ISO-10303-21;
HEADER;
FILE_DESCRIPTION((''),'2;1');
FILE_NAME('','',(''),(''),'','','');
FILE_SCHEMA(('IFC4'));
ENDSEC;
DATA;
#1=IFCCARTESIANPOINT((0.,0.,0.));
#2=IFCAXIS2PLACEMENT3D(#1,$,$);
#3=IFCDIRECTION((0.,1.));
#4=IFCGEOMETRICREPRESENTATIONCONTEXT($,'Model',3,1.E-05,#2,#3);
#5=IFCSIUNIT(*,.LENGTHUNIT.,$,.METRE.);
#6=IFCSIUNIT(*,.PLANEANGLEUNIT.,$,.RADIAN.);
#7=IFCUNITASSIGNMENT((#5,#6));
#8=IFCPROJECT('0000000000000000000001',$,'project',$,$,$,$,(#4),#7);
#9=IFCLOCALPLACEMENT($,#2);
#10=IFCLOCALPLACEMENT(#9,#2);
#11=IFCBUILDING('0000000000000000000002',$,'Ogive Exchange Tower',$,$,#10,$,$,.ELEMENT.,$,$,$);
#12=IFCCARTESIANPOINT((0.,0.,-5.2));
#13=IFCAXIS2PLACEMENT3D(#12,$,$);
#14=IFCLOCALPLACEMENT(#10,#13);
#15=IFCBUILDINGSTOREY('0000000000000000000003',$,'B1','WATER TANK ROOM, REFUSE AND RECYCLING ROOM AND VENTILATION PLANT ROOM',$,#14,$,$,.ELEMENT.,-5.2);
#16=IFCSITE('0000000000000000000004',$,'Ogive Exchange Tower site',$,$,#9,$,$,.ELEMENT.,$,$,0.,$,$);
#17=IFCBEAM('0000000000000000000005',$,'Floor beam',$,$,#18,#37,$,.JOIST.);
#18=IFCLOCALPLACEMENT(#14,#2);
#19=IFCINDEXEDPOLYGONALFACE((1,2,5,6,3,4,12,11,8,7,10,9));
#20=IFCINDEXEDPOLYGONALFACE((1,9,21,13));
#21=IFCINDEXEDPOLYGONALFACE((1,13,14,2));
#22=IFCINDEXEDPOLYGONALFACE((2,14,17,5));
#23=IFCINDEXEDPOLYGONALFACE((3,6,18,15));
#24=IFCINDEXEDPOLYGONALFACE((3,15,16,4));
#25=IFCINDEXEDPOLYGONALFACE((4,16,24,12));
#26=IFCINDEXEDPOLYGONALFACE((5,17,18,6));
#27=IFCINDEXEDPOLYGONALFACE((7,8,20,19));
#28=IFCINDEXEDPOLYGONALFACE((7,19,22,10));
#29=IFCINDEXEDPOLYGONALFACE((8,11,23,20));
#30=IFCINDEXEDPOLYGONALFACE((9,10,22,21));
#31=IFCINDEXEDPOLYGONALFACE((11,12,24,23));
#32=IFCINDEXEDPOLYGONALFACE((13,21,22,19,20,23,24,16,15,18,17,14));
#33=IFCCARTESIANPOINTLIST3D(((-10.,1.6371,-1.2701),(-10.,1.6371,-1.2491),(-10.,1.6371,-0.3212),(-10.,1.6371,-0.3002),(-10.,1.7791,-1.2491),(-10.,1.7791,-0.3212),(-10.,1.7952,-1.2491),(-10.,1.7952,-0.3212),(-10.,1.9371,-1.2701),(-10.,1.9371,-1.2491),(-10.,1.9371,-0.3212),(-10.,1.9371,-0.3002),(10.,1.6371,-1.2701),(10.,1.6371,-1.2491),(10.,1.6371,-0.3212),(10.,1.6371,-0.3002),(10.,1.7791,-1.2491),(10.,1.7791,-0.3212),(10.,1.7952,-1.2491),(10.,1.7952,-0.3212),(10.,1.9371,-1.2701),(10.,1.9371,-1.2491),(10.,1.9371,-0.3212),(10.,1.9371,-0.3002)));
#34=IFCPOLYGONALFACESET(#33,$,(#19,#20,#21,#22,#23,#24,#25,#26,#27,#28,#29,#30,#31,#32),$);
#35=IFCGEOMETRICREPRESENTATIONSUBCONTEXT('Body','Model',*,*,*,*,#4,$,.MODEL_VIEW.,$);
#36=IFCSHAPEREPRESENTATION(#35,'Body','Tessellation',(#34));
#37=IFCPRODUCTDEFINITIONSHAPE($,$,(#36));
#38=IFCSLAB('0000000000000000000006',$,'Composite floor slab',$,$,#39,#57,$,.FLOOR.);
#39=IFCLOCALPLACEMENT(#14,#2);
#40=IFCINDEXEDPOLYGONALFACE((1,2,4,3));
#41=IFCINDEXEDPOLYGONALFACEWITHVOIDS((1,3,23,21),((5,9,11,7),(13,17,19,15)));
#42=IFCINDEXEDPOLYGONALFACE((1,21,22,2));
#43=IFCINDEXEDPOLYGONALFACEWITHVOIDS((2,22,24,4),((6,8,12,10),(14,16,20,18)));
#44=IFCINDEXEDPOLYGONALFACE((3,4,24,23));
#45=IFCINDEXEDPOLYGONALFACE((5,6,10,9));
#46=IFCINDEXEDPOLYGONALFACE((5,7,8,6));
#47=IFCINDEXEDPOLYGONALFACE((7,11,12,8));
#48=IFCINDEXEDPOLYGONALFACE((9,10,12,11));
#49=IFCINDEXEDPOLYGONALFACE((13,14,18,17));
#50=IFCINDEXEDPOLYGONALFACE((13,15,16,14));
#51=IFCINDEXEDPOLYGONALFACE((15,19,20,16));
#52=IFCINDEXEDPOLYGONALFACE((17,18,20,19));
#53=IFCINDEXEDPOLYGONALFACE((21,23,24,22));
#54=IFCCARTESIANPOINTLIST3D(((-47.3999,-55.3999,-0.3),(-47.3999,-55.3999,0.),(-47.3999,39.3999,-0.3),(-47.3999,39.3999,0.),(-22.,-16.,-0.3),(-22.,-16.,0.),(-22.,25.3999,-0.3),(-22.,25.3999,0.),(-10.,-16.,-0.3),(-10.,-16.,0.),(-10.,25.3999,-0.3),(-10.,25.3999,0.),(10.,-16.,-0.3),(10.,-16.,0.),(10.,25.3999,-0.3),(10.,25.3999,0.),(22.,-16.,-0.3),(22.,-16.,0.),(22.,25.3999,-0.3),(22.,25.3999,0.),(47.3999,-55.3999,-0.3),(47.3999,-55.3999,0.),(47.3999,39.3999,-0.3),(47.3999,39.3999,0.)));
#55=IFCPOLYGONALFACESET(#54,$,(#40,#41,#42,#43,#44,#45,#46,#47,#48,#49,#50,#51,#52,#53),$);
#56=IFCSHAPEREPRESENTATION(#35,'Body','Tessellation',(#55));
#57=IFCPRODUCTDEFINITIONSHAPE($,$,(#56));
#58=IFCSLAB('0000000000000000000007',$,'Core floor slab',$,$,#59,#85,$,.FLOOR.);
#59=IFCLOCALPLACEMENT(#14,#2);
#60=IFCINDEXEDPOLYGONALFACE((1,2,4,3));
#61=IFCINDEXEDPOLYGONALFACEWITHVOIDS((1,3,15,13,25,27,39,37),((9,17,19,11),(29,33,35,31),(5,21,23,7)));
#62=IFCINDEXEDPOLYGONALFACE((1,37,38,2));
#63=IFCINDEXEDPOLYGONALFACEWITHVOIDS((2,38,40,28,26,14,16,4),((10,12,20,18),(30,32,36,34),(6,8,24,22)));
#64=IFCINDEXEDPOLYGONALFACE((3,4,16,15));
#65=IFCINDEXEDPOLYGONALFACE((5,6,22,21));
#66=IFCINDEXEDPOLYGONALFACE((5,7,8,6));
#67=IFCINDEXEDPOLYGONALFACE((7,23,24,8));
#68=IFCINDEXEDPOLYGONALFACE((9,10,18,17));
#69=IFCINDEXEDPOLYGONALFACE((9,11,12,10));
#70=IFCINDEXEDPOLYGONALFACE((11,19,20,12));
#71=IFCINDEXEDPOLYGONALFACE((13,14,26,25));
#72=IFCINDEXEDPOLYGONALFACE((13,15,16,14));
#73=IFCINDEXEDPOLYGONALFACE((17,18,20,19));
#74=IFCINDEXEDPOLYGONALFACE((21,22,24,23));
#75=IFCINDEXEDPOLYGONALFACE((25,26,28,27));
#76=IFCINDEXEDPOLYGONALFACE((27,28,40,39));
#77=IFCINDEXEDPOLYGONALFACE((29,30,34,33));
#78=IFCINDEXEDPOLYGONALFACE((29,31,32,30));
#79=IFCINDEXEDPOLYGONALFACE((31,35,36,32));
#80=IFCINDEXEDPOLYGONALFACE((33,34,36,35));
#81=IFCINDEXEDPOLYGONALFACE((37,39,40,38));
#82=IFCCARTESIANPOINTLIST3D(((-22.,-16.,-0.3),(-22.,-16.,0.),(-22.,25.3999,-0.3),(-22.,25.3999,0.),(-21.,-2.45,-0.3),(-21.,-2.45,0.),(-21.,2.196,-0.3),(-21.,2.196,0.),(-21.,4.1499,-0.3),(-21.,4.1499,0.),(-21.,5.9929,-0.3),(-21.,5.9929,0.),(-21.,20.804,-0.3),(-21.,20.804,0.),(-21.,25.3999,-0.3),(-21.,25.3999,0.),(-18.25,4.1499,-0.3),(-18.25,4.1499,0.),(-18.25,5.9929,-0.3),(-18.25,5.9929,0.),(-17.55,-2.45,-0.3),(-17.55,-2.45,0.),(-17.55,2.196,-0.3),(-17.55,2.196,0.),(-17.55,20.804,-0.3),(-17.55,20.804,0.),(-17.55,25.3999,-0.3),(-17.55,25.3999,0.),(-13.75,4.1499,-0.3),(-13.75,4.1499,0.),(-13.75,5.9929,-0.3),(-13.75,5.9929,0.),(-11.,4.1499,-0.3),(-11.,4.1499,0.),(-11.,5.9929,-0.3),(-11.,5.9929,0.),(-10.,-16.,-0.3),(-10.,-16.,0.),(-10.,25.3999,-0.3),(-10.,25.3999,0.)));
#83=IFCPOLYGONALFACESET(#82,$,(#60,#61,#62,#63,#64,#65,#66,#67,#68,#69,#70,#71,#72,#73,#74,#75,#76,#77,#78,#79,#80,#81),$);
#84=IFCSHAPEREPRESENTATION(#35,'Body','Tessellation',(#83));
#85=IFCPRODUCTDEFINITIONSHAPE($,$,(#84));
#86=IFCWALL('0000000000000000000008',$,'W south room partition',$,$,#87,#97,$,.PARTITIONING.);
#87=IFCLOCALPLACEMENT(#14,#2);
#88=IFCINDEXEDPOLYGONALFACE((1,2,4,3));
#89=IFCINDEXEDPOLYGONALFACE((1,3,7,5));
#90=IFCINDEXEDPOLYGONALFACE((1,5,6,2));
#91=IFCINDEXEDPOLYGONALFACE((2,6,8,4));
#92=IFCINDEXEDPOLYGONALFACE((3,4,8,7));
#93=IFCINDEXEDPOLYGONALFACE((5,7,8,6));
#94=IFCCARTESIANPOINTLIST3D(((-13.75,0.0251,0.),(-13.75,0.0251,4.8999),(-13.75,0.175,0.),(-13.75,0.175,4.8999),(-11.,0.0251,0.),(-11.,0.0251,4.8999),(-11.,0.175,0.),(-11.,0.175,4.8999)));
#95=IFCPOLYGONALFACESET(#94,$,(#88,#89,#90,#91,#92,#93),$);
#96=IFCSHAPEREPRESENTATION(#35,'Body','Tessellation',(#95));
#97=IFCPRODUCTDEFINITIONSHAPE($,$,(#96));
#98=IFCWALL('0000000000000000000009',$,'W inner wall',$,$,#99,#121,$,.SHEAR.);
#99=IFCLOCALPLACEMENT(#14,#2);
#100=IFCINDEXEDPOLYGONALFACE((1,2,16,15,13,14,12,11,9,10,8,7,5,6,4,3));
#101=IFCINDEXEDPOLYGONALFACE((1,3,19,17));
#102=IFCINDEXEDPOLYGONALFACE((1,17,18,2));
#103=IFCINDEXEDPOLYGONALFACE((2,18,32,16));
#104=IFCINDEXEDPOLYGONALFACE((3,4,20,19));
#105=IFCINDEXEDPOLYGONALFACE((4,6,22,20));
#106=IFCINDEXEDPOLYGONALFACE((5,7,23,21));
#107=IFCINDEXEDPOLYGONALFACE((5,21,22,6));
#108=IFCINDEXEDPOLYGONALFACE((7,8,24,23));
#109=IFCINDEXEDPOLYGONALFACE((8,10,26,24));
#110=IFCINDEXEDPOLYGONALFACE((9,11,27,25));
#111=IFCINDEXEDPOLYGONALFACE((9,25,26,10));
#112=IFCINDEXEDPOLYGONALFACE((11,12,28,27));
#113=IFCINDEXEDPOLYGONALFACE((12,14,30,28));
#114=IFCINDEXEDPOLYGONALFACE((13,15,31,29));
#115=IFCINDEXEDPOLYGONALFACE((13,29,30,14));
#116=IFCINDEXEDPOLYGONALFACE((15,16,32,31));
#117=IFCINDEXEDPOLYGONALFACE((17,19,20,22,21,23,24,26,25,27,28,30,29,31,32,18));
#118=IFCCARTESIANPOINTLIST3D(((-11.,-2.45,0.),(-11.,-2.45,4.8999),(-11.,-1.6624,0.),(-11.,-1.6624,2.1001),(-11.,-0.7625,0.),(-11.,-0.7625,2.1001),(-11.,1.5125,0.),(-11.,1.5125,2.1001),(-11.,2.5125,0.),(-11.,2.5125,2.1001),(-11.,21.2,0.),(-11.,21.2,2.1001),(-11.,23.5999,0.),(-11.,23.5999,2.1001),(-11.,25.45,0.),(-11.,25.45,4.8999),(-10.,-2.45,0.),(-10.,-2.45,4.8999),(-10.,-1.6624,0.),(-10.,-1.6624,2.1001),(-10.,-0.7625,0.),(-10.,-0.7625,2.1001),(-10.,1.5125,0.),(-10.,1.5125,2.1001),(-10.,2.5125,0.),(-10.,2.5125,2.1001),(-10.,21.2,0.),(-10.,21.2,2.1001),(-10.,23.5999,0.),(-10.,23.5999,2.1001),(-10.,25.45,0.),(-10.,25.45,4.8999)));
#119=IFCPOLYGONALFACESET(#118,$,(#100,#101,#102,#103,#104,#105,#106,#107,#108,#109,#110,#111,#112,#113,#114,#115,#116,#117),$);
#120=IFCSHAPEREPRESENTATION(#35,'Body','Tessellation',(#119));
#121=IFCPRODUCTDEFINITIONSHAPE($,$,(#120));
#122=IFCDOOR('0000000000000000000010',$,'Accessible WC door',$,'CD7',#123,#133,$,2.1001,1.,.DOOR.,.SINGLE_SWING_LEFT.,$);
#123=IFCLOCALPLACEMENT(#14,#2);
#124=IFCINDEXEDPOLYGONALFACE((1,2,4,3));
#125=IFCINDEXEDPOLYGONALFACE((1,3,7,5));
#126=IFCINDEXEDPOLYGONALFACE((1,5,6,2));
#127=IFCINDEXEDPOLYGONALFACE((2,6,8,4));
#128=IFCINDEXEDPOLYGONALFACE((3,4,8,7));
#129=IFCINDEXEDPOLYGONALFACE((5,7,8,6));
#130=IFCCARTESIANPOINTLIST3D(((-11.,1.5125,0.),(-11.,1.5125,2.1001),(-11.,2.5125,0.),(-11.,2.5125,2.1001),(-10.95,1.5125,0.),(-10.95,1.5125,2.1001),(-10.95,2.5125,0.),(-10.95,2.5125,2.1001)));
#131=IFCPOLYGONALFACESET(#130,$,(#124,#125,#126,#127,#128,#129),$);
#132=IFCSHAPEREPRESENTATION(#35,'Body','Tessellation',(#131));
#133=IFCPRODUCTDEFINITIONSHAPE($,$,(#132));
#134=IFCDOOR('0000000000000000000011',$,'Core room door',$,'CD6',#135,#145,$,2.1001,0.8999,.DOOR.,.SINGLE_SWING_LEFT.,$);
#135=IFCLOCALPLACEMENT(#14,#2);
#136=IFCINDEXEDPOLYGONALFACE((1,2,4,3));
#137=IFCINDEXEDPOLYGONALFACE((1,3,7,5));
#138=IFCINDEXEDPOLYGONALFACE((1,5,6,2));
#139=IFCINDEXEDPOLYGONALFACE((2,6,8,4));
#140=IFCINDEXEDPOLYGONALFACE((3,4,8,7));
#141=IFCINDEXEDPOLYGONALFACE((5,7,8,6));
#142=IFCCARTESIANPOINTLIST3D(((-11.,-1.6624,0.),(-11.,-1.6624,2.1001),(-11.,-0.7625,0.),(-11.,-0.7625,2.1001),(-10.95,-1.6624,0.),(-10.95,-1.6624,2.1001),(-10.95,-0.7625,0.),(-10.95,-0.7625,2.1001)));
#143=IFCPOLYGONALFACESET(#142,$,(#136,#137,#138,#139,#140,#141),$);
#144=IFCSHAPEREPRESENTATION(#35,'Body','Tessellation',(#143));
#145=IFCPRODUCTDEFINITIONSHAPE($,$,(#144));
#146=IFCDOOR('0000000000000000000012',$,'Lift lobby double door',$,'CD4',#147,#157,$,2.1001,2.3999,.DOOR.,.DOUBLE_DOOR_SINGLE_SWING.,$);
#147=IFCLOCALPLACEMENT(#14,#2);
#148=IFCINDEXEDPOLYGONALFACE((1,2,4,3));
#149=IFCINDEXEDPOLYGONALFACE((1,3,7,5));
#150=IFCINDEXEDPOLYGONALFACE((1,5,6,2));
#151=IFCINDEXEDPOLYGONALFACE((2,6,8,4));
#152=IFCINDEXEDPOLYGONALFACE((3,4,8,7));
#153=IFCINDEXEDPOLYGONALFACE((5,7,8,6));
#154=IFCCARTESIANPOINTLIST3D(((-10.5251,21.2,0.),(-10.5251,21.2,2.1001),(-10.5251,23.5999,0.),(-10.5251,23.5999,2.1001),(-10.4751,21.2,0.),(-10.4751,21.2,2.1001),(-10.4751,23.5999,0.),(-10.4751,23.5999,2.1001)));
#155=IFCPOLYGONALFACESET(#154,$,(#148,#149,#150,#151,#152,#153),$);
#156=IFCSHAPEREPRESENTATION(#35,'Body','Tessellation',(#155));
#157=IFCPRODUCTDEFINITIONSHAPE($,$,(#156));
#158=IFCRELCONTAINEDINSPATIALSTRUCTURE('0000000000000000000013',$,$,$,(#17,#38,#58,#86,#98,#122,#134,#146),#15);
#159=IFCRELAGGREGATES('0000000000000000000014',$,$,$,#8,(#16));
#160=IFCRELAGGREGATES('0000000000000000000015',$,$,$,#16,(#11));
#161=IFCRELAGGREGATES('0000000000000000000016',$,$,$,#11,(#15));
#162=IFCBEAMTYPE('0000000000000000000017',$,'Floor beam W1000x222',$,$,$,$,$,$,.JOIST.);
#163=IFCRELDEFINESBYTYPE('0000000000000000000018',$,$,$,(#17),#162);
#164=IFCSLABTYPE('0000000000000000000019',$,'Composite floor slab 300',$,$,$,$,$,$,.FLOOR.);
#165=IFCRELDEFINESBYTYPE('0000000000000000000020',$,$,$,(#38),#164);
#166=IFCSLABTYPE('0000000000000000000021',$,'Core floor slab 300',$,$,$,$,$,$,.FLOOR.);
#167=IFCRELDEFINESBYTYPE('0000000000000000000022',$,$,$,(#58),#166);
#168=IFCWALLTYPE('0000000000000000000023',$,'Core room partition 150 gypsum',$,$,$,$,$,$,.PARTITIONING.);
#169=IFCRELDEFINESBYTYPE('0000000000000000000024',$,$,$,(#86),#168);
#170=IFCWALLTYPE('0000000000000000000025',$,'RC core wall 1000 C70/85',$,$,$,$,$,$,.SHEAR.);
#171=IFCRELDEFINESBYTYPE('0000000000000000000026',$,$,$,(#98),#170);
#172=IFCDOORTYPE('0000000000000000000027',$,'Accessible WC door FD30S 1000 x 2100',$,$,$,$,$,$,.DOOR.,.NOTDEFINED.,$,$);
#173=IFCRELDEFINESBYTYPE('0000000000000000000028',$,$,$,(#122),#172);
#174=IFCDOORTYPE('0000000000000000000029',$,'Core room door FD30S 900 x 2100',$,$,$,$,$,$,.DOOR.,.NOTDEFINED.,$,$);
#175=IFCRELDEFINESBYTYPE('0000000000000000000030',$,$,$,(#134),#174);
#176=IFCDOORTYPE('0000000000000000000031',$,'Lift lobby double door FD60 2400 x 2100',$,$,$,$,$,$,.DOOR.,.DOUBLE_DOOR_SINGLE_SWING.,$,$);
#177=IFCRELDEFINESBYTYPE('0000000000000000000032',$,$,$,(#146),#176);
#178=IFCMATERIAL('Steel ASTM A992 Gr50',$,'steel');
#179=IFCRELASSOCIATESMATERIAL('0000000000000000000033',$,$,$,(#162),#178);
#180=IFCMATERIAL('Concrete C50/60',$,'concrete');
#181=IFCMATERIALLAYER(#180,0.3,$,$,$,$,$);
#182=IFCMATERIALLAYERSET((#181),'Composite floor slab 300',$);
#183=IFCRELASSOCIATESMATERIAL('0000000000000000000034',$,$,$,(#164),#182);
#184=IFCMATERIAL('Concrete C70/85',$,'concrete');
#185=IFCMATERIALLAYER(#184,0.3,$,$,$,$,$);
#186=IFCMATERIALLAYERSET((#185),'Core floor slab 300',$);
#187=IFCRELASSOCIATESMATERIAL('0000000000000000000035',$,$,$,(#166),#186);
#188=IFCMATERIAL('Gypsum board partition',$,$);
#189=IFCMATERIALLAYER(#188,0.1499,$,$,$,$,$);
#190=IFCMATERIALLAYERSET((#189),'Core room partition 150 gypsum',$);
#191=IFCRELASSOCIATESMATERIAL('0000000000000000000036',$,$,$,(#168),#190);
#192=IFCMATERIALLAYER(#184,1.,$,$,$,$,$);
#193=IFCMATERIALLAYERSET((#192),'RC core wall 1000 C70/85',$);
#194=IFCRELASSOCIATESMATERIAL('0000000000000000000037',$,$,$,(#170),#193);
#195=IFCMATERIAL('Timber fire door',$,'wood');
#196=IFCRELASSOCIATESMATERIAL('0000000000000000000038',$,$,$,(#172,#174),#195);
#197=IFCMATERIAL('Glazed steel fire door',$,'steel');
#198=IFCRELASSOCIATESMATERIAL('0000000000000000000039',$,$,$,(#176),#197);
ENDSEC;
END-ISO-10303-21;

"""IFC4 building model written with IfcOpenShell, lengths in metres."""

from ifc_helpers import new_model, si_unit, direction, frame, frame_2d, origin, origin_2d, place, context, subcontext, project, spatial, polyline, rectangle, i_section, outline, extrude, material, layer, layer_set, material_profile, profile_set, type_object, element, fill, save


model = new_model("IFC4")

# Units and contexts
model_context = context("Model", 3, precision=1e-05, world=origin(), true_north=direction((0.0, 1.0)))
body_context = subcontext(model_context, "Body", "Model", "MODEL_VIEW")
ifc_project = project(units=[si_unit("LENGTHUNIT", "METRE"), si_unit("PLANEANGLEUNIT", "RADIAN")], contexts=[model_context])

# Site, building, storey
site_placement = place(None, origin())
site = spatial("IfcSite", under=ifc_project, at=site_placement, Name="Ogive Exchange Tower site", CompositionType="ELEMENT", RefElevation=0.0)
building_placement = place(site_placement, origin())
building = spatial("IfcBuilding", under=site, at=building_placement, Name="Ogive Exchange Tower", CompositionType="ELEMENT")
storey_placement = place(building_placement, frame((0.0, 0.0, -5.2)))
storey = spatial("IfcBuildingStorey", under=building, at=storey_placement, Name="B1", Description="WATER TANK ROOM, REFUSE AND RECYCLING ROOM AND VENTILATION PLANT ROOM", CompositionType="ELEMENT", Elevation=-5.2)

# Beam
ifc_material_1 = material(Name="Steel ASTM A992 Gr50", Category="steel")
ifc_material_profile = material_profile(ifc_material_1, i_section(OverallWidth=0.3, OverallDepth=0.97, WebThickness=0.0161, FlangeThickness=0.021, at=origin_2d()), Name="W1000x222")
ifc_profile_set = profile_set([ifc_material_profile], Name="Steel ASTM A992 Gr50")
beam_type = type_object("IfcBeamType", Name="Floor beam W1000x222", PredefinedType="JOIST", material=ifc_profile_set)
beam_placement = place(storey_placement, frame((-10.0, 1.7871, -0.7852), z_axis=(1.0, 0.0, 0.0), x_axis=(0.0, 1.0, 0.0)))
element("IfcBeam", 1, at=beam_placement, inside=storey, type_object=beam_type, Name="Floor beam", PredefinedType="JOIST", context=body_context, shape_type="SweptSolid", body=[
    extrude(i_section(OverallWidth=0.3, OverallDepth=0.97, WebThickness=0.0161, FlangeThickness=0.021, at=origin_2d()), origin(), (0.0, 0.0, 1.0), 20.0),
])

# Slabs
ifc_material_2 = material(Name="Concrete C50/60", Category="concrete")
ifc_layer_1 = layer(ifc_material_2, 0.3)
ifc_layer_set_1 = layer_set([ifc_layer_1], Name="Composite floor slab 300")
slab_type_1 = type_object("IfcSlabType", Name="Composite floor slab 300", PredefinedType="FLOOR", material=ifc_layer_set_1)
slab_1_placement = place(storey_placement, frame((0.0, 0.0, -0.3)))
element("IfcSlab", 2, at=slab_1_placement, inside=storey, type_object=slab_type_1, Name="Composite floor slab", PredefinedType="FLOOR", context=body_context, shape_type="SweptSolid", body=[
    extrude(outline(polyline([(-47.3999, -55.3999), (-47.3999, 39.3999), (47.3999, 39.3999), (47.3999, -55.3999), (-47.3999, -55.3999)]), holes=[polyline([(-10.0, 25.3999), (-22.0, 25.3999), (-22.0, -16.0), (-10.0, -16.0), (-10.0, 25.3999)]), polyline([(22.0, 25.3999), (10.0, 25.3999), (10.0, -16.0), (22.0, -16.0), (22.0, 25.3999)])]), origin(), (0.0, 0.0, 1.0), 0.3),
])
ifc_material_3 = material(Name="Concrete C70/85", Category="concrete")
ifc_layer_2 = layer(ifc_material_3, 0.3)
ifc_layer_set_2 = layer_set([ifc_layer_2], Name="Core floor slab 300")
slab_type_2 = type_object("IfcSlabType", Name="Core floor slab 300", PredefinedType="FLOOR", material=ifc_layer_set_2)
slab_2_placement = place(storey_placement, frame((0.0, 0.0, -0.3)))
element("IfcSlab", 3, at=slab_2_placement, inside=storey, type_object=slab_type_2, Name="Core floor slab", PredefinedType="FLOOR", context=body_context, shape_type="SweptSolid", body=[
    extrude(outline(polyline([(-10.0, 25.3999), (-10.0, -16.0), (-22.0, -16.0), (-22.0, 25.3999), (-21.0, 25.3999), (-21.0, 20.804), (-17.55, 20.804), (-17.55, 25.3999), (-10.0, 25.3999)]), holes=[polyline([(-17.55, 2.196), (-21.0, 2.196), (-21.0, -2.45), (-17.55, -2.45), (-17.55, 2.196)]), polyline([(-21.0, 5.9929), (-21.0, 4.1499), (-18.25, 4.1499), (-18.25, 5.9929), (-21.0, 5.9929)]), polyline([(-13.75, 5.9929), (-13.75, 4.1499), (-11.0, 4.1499), (-11.0, 5.9929), (-13.75, 5.9929)])]), origin(), (0.0, 0.0, 1.0), 0.3),
])

# Wall
ifc_material_4 = material(Name="Gypsum board partition")
ifc_layer_3 = layer(ifc_material_4, 0.1499)
ifc_layer_set_3 = layer_set([ifc_layer_3], Name="Core room partition 150 gypsum")
wall_type_1 = type_object("IfcWallType", Name="Core room partition 150 gypsum", PredefinedType="PARTITIONING", material=ifc_layer_set_3)
wall_1_placement = place(storey_placement, frame((-13.75, 0.1001, 0.0), z_axis=(0.0, 0.0, 1.0), x_axis=(1.0, 0.0, 0.0)))
element("IfcWall", 4, at=wall_1_placement, inside=storey, type_object=wall_type_1, Name="W south room partition", PredefinedType="PARTITIONING", context=body_context, shape_type="SweptSolid", body=[
    extrude(rectangle(XDim=2.75, YDim=0.1499, at=frame_2d((1.375, 0.0))), origin(), (0.0, 0.0, 1.0), 4.8999),
])

# Wall, openings, doors
ifc_layer_4 = layer(ifc_material_3, 1.0)
ifc_layer_set_4 = layer_set([ifc_layer_4], Name="RC core wall 1000 C70/85")
wall_type_2 = type_object("IfcWallType", Name="RC core wall 1000 C70/85", PredefinedType="SHEAR", material=ifc_layer_set_4)
wall_2_placement = place(storey_placement, frame((-10.5, -2.45, 0.0), z_axis=(0.0, 0.0, 1.0), x_axis=(0.0, 1.0, 0.0)))
wall_2 = element("IfcWall", 5, at=wall_2_placement, inside=storey, type_object=wall_type_2, Name="W inner wall", PredefinedType="SHEAR", context=body_context, shape_type="SweptSolid", body=[
    extrude(rectangle(XDim=27.8999, YDim=1.0, at=frame_2d((13.95, 0.0))), origin(), (0.0, 0.0, 1.0), 4.8999),
])
opening_1_placement = place(wall_2_placement, frame((23.6499, 0.0, 0.0)))
opening_1 = element("IfcOpeningElement", 6, at=opening_1_placement, cuts=wall_2, PredefinedType="OPENING", context=body_context, shape_type="SweptSolid", body=[
    extrude(rectangle(XDim=2.3999, YDim=2.1001, at=frame_2d((1.2, 1.05))), frame((0.0, 0.51, 0.0), z_axis=(0.0, -1.0, 0.0), x_axis=(1.0, 0.0, 0.0)), (0.0, 0.0, 1.0), 1.02),
])
opening_2_placement = place(wall_2_placement, frame((0.7876, 0.0, 0.0)))
opening_2 = element("IfcOpeningElement", 7, at=opening_2_placement, cuts=wall_2, PredefinedType="OPENING", context=body_context, shape_type="SweptSolid", body=[
    extrude(rectangle(XDim=0.8999, YDim=2.1001, at=frame_2d((0.45, 1.05))), frame((0.0, 0.51, 0.0), z_axis=(0.0, -1.0, 0.0), x_axis=(1.0, 0.0, 0.0)), (0.0, 0.0, 1.0), 1.02),
])
opening_3_placement = place(wall_2_placement, frame((3.9624, 0.0, 0.0)))
opening_3 = element("IfcOpeningElement", 8, at=opening_3_placement, cuts=wall_2, PredefinedType="OPENING", context=body_context, shape_type="SweptSolid", body=[
    extrude(rectangle(XDim=1.0, YDim=2.1001, at=frame_2d((0.5, 1.05))), frame((0.0, 0.51, 0.0), z_axis=(0.0, -1.0, 0.0), x_axis=(1.0, 0.0, 0.0)), (0.0, 0.0, 1.0), 1.02),
])
ifc_material_5 = material(Name="Timber fire door", Category="wood")
door_type_1 = type_object("IfcDoorType", Name="Accessible WC door FD30S 1000 x 2100", OperationType="NOTDEFINED", PredefinedType="DOOR", material=ifc_material_5)
door_1_placement = place(opening_3_placement, origin())
door_1 = element("IfcDoor", 9, at=door_1_placement, inside=storey, type_object=door_type_1, Name="Accessible WC door", ObjectType="CD7", OperationType="SINGLE_SWING_LEFT", OverallHeight=2.1001, OverallWidth=1.0, PredefinedType="DOOR", context=body_context, shape_type="SweptSolid", body=[
    extrude(rectangle(XDim=1.0, YDim=2.1001, at=frame_2d((0.5, 1.05))), frame((0.0, 0.5, 0.0), z_axis=(0.0, -1.0, 0.0), x_axis=(1.0, 0.0, 0.0)), (0.0, 0.0, 1.0), 0.05),
])
fill(opening_3, door_1)
door_type_2 = type_object("IfcDoorType", Name="Core room door FD30S 900 x 2100", OperationType="NOTDEFINED", PredefinedType="DOOR", material=ifc_material_5)
door_2_placement = place(opening_2_placement, origin())
door_2 = element("IfcDoor", 10, at=door_2_placement, inside=storey, type_object=door_type_2, Name="Core room door", ObjectType="CD6", OperationType="SINGLE_SWING_LEFT", OverallHeight=2.1001, OverallWidth=0.8999, PredefinedType="DOOR", context=body_context, shape_type="SweptSolid", body=[
    extrude(rectangle(XDim=0.8999, YDim=2.1001, at=frame_2d((0.45, 1.05))), frame((0.0, 0.5, 0.0), z_axis=(0.0, -1.0, 0.0), x_axis=(1.0, 0.0, 0.0)), (0.0, 0.0, 1.0), 0.05),
])
fill(opening_2, door_2)
ifc_material_6 = material(Name="Glazed steel fire door", Category="steel")
door_type_3 = type_object("IfcDoorType", Name="Lift lobby double door FD60 2400 x 2100", OperationType="DOUBLE_DOOR_SINGLE_SWING", PredefinedType="DOOR", material=ifc_material_6)
door_3_placement = place(opening_1_placement, frame((2.3999, 0.0, 0.0), z_axis=(0.0, 0.0, 1.0), x_axis=(-1.0, 0.0, 0.0)))
door_3 = element("IfcDoor", 11, at=door_3_placement, inside=storey, type_object=door_type_3, Name="Lift lobby double door", ObjectType="CD4", OperationType="DOUBLE_DOOR_SINGLE_SWING", OverallHeight=2.1001, OverallWidth=2.3999, PredefinedType="DOOR", context=body_context, shape_type="SweptSolid", body=[
    extrude(rectangle(XDim=2.3999, YDim=2.1001, at=frame_2d((1.2, 1.05))), frame((0.0, 0.0249, 0.0), z_axis=(0.0, -1.0, 0.0), x_axis=(1.0, 0.0, 0.0)), (0.0, 0.0, 1.0), 0.05),
])
fill(opening_1, door_3)

save(model, "model.ifc")
